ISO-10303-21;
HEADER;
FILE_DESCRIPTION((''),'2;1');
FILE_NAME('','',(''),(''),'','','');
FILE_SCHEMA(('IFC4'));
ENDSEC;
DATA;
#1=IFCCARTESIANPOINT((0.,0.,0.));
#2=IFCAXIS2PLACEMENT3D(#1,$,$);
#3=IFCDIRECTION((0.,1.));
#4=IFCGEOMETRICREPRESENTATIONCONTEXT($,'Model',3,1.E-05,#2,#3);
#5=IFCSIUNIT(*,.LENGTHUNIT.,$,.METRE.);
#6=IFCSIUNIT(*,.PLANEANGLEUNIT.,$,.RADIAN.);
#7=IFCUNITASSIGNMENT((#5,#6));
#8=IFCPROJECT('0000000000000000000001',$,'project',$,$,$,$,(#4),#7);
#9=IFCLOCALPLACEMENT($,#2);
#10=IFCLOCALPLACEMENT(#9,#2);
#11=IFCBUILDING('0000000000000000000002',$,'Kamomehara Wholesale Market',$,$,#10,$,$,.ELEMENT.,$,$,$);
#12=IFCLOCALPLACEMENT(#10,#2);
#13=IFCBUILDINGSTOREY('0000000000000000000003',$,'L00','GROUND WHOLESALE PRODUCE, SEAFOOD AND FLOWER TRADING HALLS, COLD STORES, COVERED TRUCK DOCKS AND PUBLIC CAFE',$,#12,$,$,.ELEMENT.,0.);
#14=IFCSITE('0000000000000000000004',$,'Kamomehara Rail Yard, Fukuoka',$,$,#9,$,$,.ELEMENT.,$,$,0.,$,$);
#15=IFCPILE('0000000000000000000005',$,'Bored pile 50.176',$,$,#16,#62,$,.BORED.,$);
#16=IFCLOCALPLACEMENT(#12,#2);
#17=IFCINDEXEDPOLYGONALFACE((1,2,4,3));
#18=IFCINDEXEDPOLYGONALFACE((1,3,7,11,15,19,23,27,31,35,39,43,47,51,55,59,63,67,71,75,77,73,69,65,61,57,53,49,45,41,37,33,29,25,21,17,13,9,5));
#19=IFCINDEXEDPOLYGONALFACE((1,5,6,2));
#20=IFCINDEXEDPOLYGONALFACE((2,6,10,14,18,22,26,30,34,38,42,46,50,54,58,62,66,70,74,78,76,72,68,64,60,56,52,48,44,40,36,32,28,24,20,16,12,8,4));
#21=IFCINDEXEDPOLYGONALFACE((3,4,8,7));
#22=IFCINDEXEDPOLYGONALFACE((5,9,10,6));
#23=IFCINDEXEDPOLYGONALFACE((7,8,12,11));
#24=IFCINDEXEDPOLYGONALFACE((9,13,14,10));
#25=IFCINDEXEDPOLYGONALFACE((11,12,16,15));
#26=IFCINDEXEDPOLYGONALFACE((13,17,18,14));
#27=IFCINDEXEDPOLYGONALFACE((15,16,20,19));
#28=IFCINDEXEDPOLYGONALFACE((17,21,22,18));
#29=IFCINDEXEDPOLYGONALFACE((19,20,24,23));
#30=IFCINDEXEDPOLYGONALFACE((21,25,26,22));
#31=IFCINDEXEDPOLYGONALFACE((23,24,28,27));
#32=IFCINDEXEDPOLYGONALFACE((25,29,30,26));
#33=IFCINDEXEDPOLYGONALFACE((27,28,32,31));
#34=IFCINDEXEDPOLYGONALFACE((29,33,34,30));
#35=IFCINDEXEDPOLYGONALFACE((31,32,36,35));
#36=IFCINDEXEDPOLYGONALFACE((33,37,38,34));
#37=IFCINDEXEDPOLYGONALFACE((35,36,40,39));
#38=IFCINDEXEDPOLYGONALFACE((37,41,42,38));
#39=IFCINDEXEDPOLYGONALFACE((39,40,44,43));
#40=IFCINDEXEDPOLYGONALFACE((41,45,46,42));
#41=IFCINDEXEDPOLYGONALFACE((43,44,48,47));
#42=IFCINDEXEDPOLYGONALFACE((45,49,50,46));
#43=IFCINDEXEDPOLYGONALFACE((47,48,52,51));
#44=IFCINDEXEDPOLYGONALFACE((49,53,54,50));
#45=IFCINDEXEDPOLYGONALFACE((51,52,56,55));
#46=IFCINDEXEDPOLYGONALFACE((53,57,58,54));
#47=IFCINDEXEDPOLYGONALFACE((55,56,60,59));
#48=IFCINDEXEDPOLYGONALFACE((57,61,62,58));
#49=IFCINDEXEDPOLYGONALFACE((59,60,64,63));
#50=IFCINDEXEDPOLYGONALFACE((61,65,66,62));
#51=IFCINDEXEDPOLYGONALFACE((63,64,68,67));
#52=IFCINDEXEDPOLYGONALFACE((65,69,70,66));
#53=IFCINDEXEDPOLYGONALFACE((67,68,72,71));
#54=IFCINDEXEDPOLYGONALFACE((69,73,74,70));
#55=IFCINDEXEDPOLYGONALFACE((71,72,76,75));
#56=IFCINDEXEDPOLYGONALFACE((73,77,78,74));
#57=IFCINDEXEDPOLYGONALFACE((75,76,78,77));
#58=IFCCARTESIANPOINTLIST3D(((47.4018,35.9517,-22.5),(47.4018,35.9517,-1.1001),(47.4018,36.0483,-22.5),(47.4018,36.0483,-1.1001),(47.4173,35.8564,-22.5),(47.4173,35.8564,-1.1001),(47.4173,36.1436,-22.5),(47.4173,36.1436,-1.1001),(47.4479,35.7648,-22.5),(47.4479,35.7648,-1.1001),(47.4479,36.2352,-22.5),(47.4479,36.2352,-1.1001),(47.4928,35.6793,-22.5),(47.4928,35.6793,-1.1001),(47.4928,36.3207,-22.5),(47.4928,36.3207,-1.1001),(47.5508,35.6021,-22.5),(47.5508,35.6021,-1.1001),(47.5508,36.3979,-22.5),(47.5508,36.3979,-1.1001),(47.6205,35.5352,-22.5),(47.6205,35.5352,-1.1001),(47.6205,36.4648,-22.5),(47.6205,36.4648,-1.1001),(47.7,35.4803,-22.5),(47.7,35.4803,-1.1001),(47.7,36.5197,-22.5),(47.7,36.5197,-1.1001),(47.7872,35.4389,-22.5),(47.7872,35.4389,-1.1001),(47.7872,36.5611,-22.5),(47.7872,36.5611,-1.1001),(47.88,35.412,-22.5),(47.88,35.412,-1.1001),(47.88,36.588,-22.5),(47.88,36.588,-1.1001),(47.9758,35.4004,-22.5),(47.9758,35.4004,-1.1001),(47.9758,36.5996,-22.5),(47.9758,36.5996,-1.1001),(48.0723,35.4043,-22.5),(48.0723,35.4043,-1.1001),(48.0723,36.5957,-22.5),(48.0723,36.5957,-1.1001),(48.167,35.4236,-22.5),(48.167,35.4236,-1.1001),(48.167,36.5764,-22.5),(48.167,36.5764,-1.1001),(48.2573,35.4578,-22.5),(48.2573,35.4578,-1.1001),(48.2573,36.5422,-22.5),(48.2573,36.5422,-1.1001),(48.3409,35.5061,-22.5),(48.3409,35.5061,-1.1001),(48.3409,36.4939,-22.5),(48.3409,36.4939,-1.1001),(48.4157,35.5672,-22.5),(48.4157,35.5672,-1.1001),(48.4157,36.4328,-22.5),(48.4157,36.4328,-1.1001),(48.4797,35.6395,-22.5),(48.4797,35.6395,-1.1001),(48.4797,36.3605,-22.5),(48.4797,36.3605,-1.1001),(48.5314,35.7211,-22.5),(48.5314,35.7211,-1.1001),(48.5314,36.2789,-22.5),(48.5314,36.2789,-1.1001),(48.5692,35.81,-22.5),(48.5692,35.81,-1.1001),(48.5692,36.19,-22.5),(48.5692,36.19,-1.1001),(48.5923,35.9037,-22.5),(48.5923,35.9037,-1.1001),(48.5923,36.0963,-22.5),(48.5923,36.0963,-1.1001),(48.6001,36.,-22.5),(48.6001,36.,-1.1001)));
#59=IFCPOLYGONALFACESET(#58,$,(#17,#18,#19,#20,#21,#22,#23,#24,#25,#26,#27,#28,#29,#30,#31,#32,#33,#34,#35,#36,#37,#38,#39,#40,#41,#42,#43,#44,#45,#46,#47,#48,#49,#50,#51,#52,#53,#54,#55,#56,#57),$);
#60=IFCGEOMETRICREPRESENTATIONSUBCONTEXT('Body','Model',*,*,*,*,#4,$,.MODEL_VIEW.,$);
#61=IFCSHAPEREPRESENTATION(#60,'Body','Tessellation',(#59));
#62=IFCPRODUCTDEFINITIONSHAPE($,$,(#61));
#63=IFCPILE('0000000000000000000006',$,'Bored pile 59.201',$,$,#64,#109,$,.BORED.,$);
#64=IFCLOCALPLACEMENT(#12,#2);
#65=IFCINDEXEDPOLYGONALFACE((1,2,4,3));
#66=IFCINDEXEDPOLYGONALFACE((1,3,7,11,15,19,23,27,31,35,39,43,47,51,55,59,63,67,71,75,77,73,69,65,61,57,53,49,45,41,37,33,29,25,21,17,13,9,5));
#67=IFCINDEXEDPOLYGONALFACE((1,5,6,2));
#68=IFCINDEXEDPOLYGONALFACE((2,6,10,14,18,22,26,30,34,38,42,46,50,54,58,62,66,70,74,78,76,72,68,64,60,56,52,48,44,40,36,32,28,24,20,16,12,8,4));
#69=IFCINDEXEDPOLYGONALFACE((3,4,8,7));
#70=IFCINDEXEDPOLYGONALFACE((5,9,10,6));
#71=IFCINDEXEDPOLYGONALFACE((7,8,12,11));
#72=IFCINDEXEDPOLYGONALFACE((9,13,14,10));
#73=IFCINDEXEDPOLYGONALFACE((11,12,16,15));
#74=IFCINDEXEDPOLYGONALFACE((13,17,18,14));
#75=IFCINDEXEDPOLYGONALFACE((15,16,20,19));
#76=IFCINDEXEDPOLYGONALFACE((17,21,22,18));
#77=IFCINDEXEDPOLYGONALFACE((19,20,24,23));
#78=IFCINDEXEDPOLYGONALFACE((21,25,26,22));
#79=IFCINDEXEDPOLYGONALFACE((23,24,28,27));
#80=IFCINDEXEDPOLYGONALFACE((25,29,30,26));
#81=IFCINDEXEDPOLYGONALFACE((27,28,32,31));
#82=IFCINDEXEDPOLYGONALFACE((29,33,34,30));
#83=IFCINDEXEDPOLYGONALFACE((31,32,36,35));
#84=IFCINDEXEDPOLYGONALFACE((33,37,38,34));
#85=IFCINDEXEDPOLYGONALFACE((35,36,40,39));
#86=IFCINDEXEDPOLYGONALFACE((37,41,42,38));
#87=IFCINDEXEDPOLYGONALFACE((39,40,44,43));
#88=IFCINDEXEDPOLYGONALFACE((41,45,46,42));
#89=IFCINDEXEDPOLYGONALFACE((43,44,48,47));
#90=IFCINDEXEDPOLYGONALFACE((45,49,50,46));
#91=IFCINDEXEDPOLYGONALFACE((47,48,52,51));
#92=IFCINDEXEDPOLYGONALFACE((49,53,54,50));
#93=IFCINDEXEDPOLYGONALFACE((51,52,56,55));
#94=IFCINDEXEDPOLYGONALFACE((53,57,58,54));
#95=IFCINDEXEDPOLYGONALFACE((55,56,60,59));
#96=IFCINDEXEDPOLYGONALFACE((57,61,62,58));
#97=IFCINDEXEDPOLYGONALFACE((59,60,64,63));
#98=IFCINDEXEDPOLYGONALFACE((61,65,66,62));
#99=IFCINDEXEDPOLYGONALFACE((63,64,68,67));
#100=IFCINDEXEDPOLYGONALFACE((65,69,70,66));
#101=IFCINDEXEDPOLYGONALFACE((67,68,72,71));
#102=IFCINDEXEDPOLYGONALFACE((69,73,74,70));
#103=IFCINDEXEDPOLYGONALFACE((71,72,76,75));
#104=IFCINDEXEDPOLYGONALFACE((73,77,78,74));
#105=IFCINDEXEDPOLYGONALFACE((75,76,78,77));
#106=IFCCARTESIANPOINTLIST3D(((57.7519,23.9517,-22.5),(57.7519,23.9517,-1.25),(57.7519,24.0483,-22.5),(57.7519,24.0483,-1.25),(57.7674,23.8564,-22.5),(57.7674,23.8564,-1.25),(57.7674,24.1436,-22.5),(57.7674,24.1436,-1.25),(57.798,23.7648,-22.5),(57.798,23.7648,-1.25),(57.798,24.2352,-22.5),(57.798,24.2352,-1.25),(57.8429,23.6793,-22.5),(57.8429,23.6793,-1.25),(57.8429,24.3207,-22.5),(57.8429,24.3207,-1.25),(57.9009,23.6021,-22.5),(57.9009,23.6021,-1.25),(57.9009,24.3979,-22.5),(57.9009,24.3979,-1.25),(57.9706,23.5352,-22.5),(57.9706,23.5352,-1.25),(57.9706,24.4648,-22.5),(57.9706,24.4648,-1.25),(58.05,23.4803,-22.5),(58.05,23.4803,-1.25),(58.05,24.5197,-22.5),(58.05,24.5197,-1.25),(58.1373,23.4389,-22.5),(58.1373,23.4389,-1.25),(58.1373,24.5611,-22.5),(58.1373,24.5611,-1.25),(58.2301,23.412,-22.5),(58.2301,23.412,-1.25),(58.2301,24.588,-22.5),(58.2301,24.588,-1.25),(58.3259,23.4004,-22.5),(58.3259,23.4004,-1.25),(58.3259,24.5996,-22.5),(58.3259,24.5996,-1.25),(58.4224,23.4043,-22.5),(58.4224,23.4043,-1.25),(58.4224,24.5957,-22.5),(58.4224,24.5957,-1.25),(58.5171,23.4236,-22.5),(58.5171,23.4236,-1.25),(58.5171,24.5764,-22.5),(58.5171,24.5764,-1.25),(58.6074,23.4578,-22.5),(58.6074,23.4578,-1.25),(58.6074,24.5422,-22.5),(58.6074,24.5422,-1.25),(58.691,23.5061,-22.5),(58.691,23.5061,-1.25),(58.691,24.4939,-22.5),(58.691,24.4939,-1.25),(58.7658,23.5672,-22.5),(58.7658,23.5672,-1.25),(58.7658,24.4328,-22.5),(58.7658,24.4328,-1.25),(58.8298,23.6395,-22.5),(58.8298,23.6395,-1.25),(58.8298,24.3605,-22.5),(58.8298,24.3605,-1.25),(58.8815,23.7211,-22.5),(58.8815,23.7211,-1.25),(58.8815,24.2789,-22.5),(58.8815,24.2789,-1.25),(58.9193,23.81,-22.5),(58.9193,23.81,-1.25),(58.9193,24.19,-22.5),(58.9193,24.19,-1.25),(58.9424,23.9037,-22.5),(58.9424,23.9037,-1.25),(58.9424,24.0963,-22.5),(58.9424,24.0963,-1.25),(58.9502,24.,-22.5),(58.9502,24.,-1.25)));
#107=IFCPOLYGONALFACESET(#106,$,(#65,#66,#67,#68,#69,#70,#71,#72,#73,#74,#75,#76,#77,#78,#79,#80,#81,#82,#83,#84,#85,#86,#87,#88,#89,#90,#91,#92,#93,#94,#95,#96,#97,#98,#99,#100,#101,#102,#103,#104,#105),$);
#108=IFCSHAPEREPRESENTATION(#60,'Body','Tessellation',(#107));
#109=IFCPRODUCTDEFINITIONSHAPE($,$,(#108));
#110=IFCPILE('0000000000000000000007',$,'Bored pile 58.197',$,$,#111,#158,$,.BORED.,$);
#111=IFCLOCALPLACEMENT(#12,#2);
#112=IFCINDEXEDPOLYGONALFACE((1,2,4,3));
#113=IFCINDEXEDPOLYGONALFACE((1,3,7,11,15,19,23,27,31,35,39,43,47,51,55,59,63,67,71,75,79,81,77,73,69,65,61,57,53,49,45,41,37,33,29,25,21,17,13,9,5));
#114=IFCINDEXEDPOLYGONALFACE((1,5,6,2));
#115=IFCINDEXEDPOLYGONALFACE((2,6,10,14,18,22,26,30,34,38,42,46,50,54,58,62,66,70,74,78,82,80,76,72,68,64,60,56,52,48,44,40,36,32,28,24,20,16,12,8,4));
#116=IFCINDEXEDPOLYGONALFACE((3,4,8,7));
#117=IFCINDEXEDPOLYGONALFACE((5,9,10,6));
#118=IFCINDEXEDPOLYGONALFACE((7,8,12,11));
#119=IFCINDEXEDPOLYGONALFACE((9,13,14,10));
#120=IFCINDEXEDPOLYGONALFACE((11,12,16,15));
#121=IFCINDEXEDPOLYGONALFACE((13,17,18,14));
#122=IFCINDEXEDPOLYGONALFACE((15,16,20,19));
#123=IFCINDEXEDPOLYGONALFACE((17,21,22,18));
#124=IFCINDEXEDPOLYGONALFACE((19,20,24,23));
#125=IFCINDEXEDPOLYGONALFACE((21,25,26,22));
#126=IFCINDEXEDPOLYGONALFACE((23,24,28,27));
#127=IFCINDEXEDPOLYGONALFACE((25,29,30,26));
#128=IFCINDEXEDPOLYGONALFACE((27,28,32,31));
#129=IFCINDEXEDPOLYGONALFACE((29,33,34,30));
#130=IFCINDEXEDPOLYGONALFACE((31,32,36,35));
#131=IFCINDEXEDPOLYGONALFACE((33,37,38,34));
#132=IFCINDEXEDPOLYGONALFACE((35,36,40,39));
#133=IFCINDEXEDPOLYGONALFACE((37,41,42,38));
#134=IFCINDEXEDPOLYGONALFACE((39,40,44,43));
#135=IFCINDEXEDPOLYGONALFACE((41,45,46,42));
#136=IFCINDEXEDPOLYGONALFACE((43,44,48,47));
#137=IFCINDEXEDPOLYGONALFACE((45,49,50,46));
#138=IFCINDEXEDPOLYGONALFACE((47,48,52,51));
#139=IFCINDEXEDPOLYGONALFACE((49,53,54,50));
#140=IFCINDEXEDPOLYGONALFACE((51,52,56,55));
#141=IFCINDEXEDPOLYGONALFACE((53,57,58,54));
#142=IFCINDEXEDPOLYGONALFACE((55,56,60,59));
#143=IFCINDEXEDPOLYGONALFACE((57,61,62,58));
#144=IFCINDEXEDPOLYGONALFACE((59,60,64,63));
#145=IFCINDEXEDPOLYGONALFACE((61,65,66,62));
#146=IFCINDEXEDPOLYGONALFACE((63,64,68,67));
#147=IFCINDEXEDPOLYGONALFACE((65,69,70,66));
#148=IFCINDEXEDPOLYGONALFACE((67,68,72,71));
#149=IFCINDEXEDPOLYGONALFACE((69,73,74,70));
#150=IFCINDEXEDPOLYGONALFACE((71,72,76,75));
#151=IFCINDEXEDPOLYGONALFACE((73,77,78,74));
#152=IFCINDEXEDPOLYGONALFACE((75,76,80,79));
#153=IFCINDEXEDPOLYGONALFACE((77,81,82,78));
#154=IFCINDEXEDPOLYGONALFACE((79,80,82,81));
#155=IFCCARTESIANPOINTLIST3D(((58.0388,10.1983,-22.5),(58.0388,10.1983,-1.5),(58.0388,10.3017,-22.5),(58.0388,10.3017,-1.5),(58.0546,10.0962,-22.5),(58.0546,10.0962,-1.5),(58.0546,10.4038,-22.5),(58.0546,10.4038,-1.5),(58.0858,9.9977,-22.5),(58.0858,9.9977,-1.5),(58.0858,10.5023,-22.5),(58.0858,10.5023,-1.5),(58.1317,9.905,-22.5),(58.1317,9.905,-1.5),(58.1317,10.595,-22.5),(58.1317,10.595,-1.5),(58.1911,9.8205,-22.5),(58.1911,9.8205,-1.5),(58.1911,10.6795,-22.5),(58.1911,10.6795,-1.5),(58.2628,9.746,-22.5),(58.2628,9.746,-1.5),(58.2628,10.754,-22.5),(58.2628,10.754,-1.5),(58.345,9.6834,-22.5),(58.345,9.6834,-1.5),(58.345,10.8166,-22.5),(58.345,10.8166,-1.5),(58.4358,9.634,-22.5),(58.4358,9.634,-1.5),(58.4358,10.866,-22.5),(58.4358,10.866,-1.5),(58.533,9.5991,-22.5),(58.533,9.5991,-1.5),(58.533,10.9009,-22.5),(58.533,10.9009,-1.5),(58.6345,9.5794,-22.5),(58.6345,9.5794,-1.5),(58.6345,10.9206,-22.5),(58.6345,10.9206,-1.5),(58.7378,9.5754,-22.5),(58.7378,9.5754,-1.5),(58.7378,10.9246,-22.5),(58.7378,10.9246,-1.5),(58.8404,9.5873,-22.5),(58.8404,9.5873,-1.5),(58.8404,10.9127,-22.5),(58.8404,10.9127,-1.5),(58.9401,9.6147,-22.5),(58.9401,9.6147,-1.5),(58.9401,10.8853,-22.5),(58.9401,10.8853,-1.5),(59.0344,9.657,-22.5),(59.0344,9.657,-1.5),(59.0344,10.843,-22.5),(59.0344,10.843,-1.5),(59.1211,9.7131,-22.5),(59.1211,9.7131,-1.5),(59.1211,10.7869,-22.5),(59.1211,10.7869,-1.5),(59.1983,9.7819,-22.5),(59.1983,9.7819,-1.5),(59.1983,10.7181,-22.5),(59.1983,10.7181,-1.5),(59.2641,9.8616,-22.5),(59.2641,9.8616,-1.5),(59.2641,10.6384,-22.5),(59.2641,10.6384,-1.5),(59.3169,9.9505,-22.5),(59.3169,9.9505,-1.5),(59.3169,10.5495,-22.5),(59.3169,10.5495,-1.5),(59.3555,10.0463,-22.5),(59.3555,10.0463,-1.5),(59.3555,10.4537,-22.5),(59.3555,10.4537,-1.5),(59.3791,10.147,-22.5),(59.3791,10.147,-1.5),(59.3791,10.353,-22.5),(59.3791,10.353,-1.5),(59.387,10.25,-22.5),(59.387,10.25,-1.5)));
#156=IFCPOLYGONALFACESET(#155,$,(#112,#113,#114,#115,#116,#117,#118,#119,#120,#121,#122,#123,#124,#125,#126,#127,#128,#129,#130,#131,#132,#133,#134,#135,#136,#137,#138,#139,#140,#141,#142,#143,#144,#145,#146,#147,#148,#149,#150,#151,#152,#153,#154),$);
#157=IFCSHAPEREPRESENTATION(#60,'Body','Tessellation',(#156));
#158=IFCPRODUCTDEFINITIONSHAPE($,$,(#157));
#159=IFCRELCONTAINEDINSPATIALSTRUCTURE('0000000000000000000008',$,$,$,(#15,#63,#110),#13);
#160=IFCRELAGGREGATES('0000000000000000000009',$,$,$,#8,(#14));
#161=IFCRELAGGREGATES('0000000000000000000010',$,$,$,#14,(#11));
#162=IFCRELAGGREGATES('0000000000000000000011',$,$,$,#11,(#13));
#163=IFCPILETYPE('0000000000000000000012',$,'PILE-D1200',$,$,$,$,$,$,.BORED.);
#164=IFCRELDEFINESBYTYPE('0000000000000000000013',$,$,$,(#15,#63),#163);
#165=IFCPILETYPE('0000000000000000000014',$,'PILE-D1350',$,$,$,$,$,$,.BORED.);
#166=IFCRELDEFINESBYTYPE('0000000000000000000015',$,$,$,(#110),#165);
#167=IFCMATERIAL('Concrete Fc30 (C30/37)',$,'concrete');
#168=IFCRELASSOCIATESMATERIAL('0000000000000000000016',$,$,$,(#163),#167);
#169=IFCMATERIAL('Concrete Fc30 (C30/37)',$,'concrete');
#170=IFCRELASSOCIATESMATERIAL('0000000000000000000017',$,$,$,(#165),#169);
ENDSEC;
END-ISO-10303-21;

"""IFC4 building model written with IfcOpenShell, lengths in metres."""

from ifc_helpers import new_model, si_unit, direction, frame, origin, origin_2d, place, context, subcontext, project, spatial, circle, extrude, material, material_profile, profile_set, type_object, element, save


model = new_model("IFC4")

# Units and contexts
model_context = context("Model", 3, precision=1e-05, world=origin(), true_north=direction((0.0, 1.0)))
body_context = subcontext(model_context, "Body", "Model", "MODEL_VIEW")
ifc_project = project(units=[si_unit("LENGTHUNIT", "METRE"), si_unit("PLANEANGLEUNIT", "RADIAN")], contexts=[model_context])

# Site, building, storey
site_placement = place(None, origin())
site = spatial("IfcSite", under=ifc_project, at=site_placement, Name="Kamomehara Rail Yard, Fukuoka", CompositionType="ELEMENT", RefElevation=0.0)
building_placement = place(site_placement, origin())
building = spatial("IfcBuilding", under=site, at=building_placement, Name="Kamomehara Wholesale Market", CompositionType="ELEMENT")
storey_placement = place(building_placement, origin())
storey = spatial("IfcBuildingStorey", under=building, at=storey_placement, Name="L00", Description="GROUND WHOLESALE PRODUCE, SEAFOOD AND FLOWER TRADING HALLS, COLD STORES, COVERED TRUCK DOCKS AND PUBLIC CAFE", CompositionType="ELEMENT", Elevation=0.0)

# Piles
ifc_material_1 = material(Name="Concrete Fc30 (C30/37)", Category="concrete")
ifc_material_profile_1 = material_profile(ifc_material_1, circle(Radius=0.6001, at=origin_2d()), Name="RC-PILE-D1200")
ifc_profile_set_1 = profile_set([ifc_material_profile_1], Name="Concrete Fc30 (C30/37)")
pile_type_1 = type_object("IfcPileType", Name="PILE-D1200", PredefinedType="BORED", material=ifc_profile_set_1)
pile_1_placement = place(storey_placement, frame((48.0, 36.0, -1.1001), z_axis=(0.0, 0.0, -1.0), x_axis=(1.0, 0.0, 0.0)))
element("IfcPile", 1, at=pile_1_placement, inside=storey, type_object=pile_type_1, Name="Bored pile 50.176", PredefinedType="BORED", context=body_context, shape_type="SweptSolid", body=[
    extrude(circle(Radius=0.6001, at=origin_2d()), origin(), (0.0, 0.0, 1.0), 21.3999),
])
pile_2_placement = place(storey_placement, frame((58.3501, 24.0, -1.25), z_axis=(0.0, 0.0, -1.0), x_axis=(1.0, 0.0, 0.0)))
element("IfcPile", 2, at=pile_2_placement, inside=storey, type_object=pile_type_1, Name="Bored pile 59.201", PredefinedType="BORED", context=body_context, shape_type="SweptSolid", body=[
    extrude(circle(Radius=0.6001, at=origin_2d()), origin(), (0.0, 0.0, 1.0), 21.25),
])
ifc_material_2 = material(Name="Concrete Fc30 (C30/37)", Category="concrete")
ifc_material_profile_2 = material_profile(ifc_material_2, circle(Radius=0.675, at=origin_2d()), Name="RC-PILE-D1350")
ifc_profile_set_2 = profile_set([ifc_material_profile_2], Name="Concrete Fc30 (C30/37)")
pile_type_2 = type_object("IfcPileType", Name="PILE-D1350", PredefinedType="BORED", material=ifc_profile_set_2)
for number, where, z_axis, x_axis, name in (
    (3, (58.7119, 10.25, -1.5), (0.0, 0.0, -1.0), (1.0, 0.0, 0.0), "Bored pile 58.197"),
):
    element("IfcPile", number, at=place(storey_placement, frame(where, z_axis=z_axis, x_axis=x_axis)), inside=storey, type_object=pile_type_2, Name=name, PredefinedType="BORED", context=body_context, shape_type="SweptSolid", body=[
        extrude(circle(Radius=0.675, at=origin_2d()), origin(), (0.0, 0.0, 1.0), 21.0),
    ])

save(model, "model.ifc")
